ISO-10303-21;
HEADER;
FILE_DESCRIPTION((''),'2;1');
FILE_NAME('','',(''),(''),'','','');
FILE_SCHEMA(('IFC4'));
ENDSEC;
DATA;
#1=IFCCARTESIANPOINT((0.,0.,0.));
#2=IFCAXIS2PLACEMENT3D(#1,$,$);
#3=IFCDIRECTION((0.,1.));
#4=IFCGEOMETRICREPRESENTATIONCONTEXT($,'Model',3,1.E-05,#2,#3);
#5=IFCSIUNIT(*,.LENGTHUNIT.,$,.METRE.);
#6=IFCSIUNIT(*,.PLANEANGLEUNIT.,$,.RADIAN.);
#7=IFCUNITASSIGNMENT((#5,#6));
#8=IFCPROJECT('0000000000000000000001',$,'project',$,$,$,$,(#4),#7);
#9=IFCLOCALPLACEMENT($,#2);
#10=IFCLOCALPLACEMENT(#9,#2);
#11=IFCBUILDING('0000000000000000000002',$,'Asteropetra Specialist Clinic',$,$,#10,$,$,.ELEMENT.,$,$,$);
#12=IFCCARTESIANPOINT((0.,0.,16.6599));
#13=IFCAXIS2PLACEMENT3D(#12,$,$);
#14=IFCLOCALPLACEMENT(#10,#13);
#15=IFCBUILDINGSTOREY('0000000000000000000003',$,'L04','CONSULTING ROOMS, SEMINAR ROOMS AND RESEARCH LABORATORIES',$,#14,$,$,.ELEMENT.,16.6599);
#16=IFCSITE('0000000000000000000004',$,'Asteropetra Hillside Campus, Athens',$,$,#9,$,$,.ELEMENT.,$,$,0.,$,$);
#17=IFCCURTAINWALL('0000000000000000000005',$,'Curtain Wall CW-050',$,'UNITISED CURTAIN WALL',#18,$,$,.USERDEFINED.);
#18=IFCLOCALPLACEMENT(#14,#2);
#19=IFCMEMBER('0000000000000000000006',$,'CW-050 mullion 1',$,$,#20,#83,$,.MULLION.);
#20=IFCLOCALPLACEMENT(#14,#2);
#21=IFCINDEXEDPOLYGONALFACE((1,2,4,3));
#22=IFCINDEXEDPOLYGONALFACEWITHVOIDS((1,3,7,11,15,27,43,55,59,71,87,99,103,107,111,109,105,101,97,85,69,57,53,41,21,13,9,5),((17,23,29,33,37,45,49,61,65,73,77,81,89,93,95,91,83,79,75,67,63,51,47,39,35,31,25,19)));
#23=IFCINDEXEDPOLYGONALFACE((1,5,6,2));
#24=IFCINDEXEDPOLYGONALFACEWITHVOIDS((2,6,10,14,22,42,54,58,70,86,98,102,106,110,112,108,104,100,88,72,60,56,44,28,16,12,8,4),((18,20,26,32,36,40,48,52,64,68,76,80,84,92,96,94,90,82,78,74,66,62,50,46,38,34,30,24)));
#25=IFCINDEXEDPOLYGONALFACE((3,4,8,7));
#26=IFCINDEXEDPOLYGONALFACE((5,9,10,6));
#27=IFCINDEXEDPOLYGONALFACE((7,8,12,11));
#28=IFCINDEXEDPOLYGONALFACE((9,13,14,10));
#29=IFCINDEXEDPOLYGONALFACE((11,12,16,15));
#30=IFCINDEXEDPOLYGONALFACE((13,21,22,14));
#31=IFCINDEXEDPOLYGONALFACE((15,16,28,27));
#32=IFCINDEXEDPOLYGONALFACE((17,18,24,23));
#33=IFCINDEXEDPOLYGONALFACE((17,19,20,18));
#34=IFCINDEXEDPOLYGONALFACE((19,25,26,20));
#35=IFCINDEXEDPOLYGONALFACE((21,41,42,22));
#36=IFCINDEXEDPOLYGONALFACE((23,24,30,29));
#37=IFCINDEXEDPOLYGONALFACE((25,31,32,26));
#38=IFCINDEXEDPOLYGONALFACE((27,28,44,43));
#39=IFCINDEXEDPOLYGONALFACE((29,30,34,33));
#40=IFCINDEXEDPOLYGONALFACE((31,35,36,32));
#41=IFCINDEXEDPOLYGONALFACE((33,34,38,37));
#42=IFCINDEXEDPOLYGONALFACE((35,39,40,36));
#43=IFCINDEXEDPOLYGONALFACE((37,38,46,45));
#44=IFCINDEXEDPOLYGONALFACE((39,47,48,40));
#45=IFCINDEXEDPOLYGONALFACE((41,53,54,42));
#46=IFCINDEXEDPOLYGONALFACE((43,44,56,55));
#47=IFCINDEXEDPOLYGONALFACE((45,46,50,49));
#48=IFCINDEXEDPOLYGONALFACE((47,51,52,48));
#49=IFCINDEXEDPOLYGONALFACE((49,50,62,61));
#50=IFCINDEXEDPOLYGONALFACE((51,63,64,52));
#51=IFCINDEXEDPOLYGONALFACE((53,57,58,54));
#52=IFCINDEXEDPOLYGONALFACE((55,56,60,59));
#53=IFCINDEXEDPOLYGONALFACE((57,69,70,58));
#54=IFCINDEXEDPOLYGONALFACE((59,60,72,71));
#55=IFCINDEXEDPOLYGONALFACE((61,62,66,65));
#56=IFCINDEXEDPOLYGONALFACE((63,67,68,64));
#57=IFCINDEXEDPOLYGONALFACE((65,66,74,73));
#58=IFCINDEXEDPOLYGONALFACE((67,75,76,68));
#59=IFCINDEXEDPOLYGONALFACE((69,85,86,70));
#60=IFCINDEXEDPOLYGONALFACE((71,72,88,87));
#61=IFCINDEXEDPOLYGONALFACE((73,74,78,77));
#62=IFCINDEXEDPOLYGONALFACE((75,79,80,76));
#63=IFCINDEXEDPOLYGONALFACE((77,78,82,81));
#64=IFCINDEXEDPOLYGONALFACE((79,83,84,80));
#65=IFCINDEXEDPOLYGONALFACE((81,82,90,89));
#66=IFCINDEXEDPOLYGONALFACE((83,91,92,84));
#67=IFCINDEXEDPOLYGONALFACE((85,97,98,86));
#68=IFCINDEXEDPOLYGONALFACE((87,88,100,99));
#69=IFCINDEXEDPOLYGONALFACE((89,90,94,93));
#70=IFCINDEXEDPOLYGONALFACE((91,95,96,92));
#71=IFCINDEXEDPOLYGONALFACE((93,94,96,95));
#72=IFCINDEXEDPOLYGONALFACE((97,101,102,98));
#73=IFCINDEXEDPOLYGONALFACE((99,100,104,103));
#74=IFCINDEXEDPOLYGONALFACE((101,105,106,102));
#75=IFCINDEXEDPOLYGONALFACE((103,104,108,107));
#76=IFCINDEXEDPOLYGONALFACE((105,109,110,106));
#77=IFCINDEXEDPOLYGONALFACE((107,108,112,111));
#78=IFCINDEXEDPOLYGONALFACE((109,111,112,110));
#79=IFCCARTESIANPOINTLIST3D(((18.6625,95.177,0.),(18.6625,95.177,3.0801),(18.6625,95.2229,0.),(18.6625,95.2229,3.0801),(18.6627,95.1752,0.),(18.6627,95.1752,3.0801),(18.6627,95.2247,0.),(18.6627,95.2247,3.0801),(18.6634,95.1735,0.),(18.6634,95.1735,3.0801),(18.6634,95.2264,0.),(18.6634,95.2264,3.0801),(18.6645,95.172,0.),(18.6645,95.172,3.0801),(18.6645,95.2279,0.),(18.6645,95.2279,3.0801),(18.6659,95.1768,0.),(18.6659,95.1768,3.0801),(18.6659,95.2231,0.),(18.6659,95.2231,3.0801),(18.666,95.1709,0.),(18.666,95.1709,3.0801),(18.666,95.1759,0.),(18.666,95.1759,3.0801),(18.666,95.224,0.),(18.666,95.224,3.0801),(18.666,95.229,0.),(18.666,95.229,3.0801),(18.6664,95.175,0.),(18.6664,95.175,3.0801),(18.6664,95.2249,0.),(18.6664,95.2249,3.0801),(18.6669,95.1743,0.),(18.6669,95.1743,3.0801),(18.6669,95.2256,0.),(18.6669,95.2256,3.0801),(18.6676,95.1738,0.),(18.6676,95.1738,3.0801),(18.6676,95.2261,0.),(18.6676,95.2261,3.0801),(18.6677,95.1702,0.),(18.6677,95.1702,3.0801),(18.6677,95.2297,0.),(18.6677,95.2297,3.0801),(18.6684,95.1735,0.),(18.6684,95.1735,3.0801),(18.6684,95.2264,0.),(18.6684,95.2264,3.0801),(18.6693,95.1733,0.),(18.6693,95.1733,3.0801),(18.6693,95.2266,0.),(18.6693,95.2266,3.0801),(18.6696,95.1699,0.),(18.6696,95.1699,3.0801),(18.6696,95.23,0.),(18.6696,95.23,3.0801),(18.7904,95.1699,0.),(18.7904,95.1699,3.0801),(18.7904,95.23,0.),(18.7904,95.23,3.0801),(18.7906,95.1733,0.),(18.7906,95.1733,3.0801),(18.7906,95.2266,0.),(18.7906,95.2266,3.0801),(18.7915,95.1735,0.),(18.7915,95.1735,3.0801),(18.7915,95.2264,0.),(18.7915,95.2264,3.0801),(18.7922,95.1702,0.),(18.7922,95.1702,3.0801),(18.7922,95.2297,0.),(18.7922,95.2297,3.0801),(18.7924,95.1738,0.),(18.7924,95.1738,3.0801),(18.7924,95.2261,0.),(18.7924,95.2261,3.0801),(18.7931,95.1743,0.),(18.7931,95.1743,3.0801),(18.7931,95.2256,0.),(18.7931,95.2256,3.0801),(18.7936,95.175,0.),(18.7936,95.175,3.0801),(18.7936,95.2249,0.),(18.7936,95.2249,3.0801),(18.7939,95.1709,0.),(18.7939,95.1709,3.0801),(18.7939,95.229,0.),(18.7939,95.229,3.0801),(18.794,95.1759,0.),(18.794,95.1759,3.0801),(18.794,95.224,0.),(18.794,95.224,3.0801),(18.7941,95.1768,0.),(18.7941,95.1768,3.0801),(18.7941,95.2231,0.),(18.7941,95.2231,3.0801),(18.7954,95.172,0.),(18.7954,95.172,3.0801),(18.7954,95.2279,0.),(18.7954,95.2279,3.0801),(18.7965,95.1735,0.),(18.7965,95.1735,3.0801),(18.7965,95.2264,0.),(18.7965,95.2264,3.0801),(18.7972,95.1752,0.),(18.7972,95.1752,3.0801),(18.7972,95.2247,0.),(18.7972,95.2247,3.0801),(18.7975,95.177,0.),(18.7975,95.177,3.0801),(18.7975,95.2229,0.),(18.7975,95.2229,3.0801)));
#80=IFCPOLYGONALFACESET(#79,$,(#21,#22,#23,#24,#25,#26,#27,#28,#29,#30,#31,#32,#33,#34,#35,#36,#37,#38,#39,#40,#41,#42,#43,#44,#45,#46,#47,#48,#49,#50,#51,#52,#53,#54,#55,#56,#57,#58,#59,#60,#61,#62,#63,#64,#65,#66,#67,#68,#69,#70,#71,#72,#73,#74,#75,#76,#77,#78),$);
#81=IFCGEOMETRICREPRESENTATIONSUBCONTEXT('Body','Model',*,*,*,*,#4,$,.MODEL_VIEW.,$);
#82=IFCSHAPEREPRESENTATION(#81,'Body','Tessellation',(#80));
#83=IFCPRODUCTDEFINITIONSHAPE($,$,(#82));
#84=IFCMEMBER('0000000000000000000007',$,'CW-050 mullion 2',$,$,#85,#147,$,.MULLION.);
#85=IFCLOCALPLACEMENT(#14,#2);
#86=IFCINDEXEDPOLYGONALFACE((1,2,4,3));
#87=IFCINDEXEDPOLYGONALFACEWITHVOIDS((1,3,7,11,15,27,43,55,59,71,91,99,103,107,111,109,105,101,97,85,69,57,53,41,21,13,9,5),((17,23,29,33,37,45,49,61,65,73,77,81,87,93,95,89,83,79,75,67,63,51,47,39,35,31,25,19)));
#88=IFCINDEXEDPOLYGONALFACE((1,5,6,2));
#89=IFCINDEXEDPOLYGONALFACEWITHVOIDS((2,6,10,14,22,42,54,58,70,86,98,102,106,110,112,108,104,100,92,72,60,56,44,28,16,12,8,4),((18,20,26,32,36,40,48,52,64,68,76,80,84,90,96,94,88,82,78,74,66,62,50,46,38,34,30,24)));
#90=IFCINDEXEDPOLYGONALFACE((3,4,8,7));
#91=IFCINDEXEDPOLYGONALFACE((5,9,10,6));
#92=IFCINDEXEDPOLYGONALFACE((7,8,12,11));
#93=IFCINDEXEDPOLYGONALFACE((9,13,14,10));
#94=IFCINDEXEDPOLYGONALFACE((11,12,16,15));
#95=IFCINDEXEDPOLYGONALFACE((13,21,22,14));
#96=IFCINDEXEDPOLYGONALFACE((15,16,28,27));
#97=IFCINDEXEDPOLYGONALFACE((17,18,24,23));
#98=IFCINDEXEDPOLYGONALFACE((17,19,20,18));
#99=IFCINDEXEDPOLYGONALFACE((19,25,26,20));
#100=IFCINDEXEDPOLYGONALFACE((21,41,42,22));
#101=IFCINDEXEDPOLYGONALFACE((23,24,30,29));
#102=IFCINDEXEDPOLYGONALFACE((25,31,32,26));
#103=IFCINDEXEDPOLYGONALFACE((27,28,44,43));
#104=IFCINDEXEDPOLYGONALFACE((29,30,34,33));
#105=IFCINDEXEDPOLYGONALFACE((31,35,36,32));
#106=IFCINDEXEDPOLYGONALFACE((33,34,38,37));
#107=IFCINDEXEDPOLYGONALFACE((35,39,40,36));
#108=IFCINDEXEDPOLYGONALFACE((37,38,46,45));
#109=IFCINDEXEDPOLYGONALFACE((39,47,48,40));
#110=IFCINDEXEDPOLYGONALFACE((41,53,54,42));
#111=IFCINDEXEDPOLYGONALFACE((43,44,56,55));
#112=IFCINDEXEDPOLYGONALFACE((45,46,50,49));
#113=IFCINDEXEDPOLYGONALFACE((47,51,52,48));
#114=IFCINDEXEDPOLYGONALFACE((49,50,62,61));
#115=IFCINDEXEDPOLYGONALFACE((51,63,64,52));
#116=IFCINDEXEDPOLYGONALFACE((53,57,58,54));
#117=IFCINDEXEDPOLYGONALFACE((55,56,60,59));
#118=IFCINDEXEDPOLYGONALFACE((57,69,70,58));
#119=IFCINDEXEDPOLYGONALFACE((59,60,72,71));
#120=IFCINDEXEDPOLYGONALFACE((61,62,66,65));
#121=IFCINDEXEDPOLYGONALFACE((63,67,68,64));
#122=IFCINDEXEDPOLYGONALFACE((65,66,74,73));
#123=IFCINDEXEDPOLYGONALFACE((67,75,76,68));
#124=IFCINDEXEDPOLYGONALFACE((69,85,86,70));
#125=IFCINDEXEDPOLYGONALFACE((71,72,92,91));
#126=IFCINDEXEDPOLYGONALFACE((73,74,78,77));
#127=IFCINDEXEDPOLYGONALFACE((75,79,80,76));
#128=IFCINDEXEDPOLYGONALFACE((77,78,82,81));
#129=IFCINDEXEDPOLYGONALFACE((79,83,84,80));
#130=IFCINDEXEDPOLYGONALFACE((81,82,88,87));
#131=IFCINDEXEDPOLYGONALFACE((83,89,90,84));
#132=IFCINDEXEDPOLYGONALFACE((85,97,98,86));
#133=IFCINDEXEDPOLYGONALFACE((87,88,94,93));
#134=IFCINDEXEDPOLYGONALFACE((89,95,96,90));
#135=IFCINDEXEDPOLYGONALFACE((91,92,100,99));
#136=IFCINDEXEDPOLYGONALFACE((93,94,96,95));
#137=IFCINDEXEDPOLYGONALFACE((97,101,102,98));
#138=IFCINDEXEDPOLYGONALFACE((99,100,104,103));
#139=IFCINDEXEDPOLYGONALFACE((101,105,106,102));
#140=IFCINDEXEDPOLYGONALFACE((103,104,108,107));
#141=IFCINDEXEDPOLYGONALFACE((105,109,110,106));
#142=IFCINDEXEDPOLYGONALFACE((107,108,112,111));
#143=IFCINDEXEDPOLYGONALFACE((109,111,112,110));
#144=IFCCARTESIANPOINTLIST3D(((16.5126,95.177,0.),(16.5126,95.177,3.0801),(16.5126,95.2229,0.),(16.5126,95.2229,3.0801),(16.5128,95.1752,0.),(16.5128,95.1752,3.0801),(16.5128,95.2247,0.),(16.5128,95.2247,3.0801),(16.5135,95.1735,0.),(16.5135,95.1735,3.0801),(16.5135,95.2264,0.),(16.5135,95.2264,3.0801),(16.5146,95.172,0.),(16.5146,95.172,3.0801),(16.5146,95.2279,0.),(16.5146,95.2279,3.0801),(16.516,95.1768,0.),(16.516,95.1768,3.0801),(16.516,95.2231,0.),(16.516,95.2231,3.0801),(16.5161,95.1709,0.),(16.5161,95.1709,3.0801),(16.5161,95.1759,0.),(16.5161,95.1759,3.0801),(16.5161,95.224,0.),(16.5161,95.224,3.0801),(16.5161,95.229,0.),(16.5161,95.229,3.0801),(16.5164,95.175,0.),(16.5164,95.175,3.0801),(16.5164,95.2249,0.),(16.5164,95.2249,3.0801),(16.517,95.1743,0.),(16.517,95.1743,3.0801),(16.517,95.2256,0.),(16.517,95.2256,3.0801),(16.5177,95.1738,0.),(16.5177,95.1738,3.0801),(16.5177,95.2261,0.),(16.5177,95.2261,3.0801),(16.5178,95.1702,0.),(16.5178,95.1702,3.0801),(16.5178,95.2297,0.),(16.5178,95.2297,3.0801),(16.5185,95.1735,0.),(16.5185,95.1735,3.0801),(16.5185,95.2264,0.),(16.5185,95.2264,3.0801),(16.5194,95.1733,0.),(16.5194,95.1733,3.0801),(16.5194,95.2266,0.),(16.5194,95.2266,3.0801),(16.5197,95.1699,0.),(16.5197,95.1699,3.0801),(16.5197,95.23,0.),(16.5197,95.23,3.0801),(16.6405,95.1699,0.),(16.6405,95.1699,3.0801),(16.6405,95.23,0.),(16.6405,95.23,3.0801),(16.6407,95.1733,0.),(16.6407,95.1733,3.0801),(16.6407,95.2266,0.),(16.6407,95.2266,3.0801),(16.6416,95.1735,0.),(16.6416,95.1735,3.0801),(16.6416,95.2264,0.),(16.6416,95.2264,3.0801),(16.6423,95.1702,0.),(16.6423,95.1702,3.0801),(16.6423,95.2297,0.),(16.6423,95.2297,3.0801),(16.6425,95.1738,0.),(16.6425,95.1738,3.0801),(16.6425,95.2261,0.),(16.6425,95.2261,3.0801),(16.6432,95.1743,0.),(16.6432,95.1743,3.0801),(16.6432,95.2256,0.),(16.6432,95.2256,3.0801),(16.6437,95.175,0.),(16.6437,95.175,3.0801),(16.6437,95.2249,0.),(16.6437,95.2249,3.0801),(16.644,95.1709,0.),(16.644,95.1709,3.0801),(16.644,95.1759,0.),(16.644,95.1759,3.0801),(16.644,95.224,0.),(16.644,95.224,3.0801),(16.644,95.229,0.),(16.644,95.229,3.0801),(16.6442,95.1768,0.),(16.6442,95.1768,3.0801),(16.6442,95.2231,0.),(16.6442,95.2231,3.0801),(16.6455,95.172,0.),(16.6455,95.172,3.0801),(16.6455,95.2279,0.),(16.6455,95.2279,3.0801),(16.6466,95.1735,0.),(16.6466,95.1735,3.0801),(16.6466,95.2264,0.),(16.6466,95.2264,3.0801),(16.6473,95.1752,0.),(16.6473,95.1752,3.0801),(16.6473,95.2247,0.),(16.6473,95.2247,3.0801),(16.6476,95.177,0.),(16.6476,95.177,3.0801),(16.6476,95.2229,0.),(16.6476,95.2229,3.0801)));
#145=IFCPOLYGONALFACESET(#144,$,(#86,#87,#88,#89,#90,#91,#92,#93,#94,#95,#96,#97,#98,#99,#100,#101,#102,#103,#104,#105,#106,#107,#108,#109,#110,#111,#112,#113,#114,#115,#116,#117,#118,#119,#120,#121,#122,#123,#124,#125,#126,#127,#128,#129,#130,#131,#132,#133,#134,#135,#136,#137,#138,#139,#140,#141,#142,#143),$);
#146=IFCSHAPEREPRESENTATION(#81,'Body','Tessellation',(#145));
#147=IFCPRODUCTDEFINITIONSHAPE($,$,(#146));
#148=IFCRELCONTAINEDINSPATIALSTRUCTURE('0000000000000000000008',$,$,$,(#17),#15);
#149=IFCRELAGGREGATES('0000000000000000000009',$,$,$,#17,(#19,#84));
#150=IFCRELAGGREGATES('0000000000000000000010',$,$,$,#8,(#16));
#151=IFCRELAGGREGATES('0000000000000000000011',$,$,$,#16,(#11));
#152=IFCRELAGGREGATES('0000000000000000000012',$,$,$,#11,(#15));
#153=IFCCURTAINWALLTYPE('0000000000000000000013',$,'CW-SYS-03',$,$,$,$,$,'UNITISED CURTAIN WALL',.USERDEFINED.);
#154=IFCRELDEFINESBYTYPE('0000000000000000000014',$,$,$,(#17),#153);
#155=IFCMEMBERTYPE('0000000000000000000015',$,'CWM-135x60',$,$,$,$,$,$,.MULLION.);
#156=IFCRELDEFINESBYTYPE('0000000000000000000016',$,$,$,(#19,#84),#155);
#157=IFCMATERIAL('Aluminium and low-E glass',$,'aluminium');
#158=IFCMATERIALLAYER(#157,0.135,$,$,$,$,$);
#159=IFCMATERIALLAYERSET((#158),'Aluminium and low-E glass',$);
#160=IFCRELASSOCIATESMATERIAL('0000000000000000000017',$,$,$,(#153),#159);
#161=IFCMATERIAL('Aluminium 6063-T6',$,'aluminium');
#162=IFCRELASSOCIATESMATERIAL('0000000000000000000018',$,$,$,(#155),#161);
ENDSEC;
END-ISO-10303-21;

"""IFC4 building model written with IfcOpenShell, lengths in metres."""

from ifc_helpers import new_model, si_unit, direction, frame, origin, origin_2d, place, context, subcontext, project, spatial, hollow_rectangle, extrude, material, layer, layer_set, material_profile, profile_set, type_object, element, aggregate, save


model = new_model("IFC4")

# Units and contexts
model_context = context("Model", 3, precision=1e-05, world=origin(), true_north=direction((0.0, 1.0)))
body_context = subcontext(model_context, "Body", "Model", "MODEL_VIEW")
ifc_project = project(units=[si_unit("LENGTHUNIT", "METRE"), si_unit("PLANEANGLEUNIT", "RADIAN")], contexts=[model_context])

# Site, building, storey
site_placement = place(None, origin())
site = spatial("IfcSite", under=ifc_project, at=site_placement, Name="Asteropetra Hillside Campus, Athens", CompositionType="ELEMENT", RefElevation=0.0)
building_placement = place(site_placement, origin())
building = spatial("IfcBuilding", under=site, at=building_placement, Name="Asteropetra Specialist Clinic", CompositionType="ELEMENT")
storey_placement = place(building_placement, frame((0.0, 0.0, 16.6599)))
storey = spatial("IfcBuildingStorey", under=building, at=storey_placement, Name="L04", Description="CONSULTING ROOMS, SEMINAR ROOMS AND RESEARCH LABORATORIES", CompositionType="ELEMENT", Elevation=16.6599)

# Curtain wall, members
ifc_material_1 = material(Name="Aluminium and low-E glass", Category="aluminium")
ifc_layer_1 = layer(ifc_material_1, 0.135)
ifc_layer_set_1 = layer_set([ifc_layer_1], Name="Aluminium and low-E glass")
curtain_wall_type_1 = type_object("IfcCurtainWallType", Name="CW-SYS-03", ElementType="UNITISED CURTAIN WALL", PredefinedType="USERDEFINED", material=ifc_layer_set_1)
curtain_wall_1_placement = place(storey_placement, origin())
curtain_wall_1 = element("IfcCurtainWall", 1, at=curtain_wall_1_placement, inside=storey, type_object=curtain_wall_type_1, Name="Curtain Wall CW-050", ObjectType="UNITISED CURTAIN WALL", PredefinedType="USERDEFINED")
ifc_material_2 = material(Name="Aluminium 6063-T6", Category="aluminium")
ifc_material_profile_1 = material_profile(ifc_material_2, hollow_rectangle(XDim=0.0601, YDim=0.135, WallThickness=0.0034, InnerFilletRadius=0.0034, OuterFilletRadius=0.0071, at=origin_2d()), Name="MUL 135x60x3.5")
ifc_profile_set_1 = profile_set([ifc_material_profile_1], Name="Aluminium 6063-T6")
member_type_1 = type_object("IfcMemberType", Name="CWM-135x60", PredefinedType="MULLION", material=ifc_profile_set_1)
member_1_placement = place(storey_placement, frame((18.73, 95.2, 0.0), z_axis=(0.0, 0.0, 1.0), x_axis=(0.0, -1.0, 0.0)))
member_1 = element("IfcMember", 2, at=member_1_placement, type_object=member_type_1, Name="CW-050 mullion 1", PredefinedType="MULLION", context=body_context, shape_type="SweptSolid", body=[
    extrude(hollow_rectangle(XDim=0.0601, YDim=0.135, WallThickness=0.0034, InnerFilletRadius=0.0034, OuterFilletRadius=0.0071, at=origin_2d()), origin(), (0.0, 0.0, 1.0), 3.0801),
])
member_2_placement = place(storey_placement, frame((16.5801, 95.2, 0.0), z_axis=(0.0, 0.0, 1.0), x_axis=(0.0, -1.0, 0.0)))
member_2 = element("IfcMember", 3, at=member_2_placement, type_object=member_type_1, Name="CW-050 mullion 2", PredefinedType="MULLION", context=body_context, shape_type="SweptSolid", body=[
    extrude(hollow_rectangle(XDim=0.0601, YDim=0.135, WallThickness=0.0034, InnerFilletRadius=0.0034, OuterFilletRadius=0.0071, at=origin_2d()), origin(), (0.0, 0.0, 1.0), 3.0801),
])

aggregate(curtain_wall_1, [member_1, member_2])

save(model, "model.ifc")
